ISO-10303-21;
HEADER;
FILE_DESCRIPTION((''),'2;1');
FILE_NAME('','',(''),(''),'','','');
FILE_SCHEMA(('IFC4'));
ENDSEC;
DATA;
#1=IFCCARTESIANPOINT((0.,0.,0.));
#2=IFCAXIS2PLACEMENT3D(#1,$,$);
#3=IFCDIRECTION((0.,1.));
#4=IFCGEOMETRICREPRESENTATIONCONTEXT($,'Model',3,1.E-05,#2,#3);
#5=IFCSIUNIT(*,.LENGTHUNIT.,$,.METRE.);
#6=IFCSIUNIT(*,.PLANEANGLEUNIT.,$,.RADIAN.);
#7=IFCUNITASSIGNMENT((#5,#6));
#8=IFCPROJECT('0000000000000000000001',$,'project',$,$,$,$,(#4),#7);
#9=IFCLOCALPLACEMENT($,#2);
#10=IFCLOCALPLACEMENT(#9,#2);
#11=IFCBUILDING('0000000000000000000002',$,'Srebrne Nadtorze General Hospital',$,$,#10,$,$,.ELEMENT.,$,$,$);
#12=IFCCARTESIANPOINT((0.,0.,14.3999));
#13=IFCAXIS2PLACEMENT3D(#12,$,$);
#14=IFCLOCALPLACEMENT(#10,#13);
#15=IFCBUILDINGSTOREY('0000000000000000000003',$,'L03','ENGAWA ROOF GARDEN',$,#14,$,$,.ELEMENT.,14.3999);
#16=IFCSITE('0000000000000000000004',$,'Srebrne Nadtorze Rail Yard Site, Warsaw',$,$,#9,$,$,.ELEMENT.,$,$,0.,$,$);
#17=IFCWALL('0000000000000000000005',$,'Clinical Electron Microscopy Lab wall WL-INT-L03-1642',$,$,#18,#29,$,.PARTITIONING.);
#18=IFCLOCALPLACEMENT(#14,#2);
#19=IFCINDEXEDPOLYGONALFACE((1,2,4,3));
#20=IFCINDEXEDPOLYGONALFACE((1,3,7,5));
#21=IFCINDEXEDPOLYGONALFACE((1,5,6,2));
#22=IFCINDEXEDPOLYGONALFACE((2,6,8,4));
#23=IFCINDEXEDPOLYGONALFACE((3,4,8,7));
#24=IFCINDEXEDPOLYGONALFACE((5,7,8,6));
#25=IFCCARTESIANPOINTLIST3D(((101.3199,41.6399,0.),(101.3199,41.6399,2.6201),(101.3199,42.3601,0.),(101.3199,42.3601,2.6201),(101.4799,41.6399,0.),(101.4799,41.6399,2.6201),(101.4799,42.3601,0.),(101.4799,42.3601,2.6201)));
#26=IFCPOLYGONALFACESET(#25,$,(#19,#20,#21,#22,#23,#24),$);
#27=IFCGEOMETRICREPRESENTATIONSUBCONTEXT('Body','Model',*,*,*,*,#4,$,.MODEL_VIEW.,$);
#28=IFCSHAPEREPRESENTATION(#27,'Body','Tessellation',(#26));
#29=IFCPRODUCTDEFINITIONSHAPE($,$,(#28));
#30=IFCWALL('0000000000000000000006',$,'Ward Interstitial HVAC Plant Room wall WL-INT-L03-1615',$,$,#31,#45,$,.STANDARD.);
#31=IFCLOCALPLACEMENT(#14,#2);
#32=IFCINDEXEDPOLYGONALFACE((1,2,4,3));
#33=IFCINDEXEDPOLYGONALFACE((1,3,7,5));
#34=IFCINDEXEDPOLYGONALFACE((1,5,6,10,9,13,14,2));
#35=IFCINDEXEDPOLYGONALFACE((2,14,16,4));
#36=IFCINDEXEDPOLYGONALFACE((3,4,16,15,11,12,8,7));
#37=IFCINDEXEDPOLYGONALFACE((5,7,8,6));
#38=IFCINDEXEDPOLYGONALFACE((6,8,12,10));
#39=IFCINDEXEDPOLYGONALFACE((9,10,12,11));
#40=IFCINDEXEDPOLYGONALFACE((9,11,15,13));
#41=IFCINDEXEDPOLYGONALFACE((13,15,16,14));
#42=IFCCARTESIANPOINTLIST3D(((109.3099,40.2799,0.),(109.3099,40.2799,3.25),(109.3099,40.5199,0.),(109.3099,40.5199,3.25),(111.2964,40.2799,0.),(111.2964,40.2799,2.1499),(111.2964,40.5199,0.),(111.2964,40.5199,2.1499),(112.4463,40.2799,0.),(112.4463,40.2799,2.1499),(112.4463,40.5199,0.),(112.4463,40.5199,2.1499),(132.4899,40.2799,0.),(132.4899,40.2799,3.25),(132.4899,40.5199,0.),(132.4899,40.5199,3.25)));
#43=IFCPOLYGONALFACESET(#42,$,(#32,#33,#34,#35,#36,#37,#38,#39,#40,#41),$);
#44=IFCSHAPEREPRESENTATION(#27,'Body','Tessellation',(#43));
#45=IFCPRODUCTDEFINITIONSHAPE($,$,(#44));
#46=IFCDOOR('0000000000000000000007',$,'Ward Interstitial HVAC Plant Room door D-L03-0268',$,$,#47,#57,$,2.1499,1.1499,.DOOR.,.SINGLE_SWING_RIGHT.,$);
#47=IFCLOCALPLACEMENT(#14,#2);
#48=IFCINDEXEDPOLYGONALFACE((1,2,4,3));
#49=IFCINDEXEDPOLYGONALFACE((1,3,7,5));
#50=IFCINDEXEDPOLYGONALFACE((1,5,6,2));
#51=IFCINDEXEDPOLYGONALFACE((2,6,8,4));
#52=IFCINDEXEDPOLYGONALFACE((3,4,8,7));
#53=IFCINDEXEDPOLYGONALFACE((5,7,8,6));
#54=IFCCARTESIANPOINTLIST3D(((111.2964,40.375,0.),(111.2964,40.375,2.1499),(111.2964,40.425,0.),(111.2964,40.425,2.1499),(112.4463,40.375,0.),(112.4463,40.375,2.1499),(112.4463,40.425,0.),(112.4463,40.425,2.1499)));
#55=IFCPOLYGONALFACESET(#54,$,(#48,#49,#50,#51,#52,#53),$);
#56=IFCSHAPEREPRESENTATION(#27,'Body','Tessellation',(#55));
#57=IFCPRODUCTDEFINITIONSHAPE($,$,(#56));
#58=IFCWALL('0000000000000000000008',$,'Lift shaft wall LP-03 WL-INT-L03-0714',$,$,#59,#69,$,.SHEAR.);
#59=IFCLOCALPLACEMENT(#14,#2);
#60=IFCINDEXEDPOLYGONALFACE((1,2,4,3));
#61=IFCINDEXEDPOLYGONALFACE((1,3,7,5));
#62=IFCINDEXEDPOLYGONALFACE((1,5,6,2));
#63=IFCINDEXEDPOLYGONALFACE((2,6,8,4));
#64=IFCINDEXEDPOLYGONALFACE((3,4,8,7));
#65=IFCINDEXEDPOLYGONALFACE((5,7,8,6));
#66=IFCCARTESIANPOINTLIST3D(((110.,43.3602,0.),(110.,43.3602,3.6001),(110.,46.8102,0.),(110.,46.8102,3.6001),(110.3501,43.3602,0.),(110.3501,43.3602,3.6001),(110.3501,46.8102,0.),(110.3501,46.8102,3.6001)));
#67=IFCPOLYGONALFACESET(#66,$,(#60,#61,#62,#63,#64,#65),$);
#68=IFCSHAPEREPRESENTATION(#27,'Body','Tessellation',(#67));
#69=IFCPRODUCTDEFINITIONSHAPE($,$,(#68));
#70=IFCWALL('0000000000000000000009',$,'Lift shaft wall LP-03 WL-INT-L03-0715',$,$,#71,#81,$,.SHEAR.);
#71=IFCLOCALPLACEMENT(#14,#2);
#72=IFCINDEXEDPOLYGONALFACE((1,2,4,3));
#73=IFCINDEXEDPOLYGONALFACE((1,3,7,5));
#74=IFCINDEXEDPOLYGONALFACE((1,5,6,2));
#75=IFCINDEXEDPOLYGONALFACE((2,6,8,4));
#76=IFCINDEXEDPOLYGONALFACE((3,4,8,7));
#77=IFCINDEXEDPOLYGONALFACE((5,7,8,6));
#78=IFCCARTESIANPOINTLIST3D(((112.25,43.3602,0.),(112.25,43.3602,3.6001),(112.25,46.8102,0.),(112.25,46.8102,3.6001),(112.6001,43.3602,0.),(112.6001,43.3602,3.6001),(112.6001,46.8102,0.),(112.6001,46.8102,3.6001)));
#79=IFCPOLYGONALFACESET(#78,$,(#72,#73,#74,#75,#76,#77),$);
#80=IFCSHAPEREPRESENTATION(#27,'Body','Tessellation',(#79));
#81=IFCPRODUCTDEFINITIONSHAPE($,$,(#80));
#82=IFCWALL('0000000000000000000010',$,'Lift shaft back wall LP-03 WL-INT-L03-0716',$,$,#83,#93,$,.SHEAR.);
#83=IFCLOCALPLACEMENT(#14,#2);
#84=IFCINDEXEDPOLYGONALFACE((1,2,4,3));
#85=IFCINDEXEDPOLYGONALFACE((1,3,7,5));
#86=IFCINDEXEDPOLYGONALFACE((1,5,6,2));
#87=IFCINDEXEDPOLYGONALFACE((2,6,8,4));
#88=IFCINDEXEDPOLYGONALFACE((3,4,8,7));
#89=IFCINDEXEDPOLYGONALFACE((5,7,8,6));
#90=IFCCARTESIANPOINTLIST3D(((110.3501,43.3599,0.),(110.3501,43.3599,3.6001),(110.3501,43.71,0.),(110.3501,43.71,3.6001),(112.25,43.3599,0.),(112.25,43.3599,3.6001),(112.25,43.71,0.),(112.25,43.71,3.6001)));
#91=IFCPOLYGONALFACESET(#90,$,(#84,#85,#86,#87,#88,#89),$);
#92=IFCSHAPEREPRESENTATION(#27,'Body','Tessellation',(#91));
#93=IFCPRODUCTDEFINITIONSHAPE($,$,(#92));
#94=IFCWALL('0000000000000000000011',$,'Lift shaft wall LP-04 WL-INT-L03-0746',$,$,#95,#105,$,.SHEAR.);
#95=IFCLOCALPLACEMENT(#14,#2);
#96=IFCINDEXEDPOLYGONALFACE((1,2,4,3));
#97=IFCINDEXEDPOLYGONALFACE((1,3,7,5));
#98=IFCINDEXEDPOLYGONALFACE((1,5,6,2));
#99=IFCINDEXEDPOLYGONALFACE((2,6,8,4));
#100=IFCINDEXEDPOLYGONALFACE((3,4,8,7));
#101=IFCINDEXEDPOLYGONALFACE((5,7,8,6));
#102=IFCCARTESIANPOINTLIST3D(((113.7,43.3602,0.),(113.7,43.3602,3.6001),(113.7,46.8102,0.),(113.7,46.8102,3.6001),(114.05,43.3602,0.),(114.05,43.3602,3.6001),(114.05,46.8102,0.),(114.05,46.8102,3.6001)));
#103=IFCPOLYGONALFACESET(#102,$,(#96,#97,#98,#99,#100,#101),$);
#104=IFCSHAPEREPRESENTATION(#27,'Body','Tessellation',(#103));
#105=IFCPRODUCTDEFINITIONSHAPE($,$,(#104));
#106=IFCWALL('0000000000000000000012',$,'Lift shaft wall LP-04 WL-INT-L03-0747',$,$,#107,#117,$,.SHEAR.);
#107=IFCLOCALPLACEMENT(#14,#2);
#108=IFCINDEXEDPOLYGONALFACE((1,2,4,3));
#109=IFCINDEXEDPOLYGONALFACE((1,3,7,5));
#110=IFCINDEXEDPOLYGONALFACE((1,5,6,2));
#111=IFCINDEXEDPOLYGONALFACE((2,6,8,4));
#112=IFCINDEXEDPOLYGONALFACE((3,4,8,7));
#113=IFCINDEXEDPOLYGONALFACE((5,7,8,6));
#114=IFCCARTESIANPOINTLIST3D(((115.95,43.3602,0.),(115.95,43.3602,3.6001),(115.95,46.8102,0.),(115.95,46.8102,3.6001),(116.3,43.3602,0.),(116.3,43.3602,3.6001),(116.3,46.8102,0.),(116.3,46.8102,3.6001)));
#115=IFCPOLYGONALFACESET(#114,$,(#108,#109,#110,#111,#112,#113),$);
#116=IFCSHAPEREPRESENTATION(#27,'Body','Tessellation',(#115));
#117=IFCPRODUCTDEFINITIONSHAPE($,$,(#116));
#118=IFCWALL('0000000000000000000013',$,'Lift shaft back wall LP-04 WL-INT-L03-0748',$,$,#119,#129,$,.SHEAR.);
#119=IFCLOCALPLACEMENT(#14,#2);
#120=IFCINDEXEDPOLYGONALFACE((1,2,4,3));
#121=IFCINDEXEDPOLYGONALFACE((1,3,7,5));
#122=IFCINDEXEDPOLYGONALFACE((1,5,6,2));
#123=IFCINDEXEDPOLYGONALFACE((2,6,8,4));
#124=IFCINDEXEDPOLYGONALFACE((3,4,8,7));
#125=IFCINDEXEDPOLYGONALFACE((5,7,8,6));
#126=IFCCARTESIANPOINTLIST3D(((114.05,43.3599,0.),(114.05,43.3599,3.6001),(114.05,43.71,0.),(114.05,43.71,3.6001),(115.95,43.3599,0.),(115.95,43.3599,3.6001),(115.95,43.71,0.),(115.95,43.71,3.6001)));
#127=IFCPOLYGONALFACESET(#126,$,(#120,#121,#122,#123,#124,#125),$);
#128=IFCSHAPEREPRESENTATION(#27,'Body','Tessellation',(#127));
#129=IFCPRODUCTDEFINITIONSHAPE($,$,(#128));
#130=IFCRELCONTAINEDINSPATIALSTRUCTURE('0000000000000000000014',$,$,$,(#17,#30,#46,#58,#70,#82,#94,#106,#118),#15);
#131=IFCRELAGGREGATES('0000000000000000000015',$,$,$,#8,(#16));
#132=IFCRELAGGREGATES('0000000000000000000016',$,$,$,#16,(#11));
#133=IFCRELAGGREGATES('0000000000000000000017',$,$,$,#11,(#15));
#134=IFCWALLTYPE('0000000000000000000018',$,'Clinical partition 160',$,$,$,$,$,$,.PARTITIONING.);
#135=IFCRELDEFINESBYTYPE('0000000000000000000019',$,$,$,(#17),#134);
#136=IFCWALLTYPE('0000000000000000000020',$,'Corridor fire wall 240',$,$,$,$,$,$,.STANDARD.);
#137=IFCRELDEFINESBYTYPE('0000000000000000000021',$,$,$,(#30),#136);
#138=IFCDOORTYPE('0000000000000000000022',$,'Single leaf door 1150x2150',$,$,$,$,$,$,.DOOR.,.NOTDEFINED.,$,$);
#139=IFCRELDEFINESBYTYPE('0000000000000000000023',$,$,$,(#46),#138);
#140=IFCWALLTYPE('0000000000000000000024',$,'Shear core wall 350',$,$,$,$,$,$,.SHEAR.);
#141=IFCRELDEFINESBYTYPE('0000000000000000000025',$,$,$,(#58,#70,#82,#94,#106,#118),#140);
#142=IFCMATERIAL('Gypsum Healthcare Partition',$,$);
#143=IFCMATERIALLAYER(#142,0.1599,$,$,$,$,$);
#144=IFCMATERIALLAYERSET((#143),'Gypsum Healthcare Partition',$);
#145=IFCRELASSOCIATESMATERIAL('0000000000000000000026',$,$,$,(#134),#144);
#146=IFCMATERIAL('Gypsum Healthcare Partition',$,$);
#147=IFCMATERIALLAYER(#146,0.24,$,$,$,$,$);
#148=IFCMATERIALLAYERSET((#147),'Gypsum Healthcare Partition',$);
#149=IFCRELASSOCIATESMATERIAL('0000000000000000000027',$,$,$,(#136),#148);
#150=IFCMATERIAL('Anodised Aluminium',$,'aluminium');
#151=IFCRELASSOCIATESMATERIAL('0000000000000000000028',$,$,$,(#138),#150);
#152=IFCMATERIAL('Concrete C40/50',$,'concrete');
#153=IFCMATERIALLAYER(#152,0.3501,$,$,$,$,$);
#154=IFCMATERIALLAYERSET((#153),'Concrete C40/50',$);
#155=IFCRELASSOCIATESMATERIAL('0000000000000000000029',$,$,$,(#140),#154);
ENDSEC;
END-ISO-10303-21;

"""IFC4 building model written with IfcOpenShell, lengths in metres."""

from ifc_helpers import new_model, si_unit, direction, frame, frame_2d, origin, place, context, subcontext, project, spatial, rectangle, extrude, material, layer, layer_set, type_object, element, fill, save


model = new_model("IFC4")

# Units and contexts
model_context = context("Model", 3, precision=1e-05, world=origin(), true_north=direction((0.0, 1.0)))
body_context = subcontext(model_context, "Body", "Model", "MODEL_VIEW")
ifc_project = project(units=[si_unit("LENGTHUNIT", "METRE"), si_unit("PLANEANGLEUNIT", "RADIAN")], contexts=[model_context])

# Site, building, storey
site_placement = place(None, origin())
site = spatial("IfcSite", under=ifc_project, at=site_placement, Name="Srebrne Nadtorze Rail Yard Site, Warsaw", CompositionType="ELEMENT", RefElevation=0.0)
building_placement = place(site_placement, origin())
building = spatial("IfcBuilding", under=site, at=building_placement, Name="Srebrne Nadtorze General Hospital", CompositionType="ELEMENT")
storey_placement = place(building_placement, frame((0.0, 0.0, 14.3999)))
storey = spatial("IfcBuildingStorey", under=building, at=storey_placement, Name="L03", Description="ENGAWA ROOF GARDEN", CompositionType="ELEMENT", Elevation=14.3999)

# Shared definitions
ifc_material_1 = material(Name="Gypsum Healthcare Partition")
ifc_layer_1 = layer(ifc_material_1, 0.1599)
ifc_layer_set_1 = layer_set([ifc_layer_1], Name="Gypsum Healthcare Partition")
wall_type_1 = type_object("IfcWallType", Name="Clinical partition 160", PredefinedType="PARTITIONING", material=ifc_layer_set_1)

# Wall
wall_1_placement = place(storey_placement, frame((101.3999, 41.6399, 0.0), z_axis=(0.0, 0.0, 1.0), x_axis=(0.0, 1.0, 0.0)))
element("IfcWall", 1, at=wall_1_placement, inside=storey, type_object=wall_type_1, Name="Clinical Electron Microscopy Lab wall WL-INT-L03-1642", PredefinedType="PARTITIONING", context=body_context, shape_type="SweptSolid", body=[
    extrude(rectangle(XDim=0.7202, YDim=0.1599, at=frame_2d((0.3601, 0.0))), origin(), (0.0, 0.0, 1.0), 2.6201),
])

# Wall, opening, door
ifc_material_2 = material(Name="Gypsum Healthcare Partition")
ifc_layer_2 = layer(ifc_material_2, 0.24)
ifc_layer_set_2 = layer_set([ifc_layer_2], Name="Gypsum Healthcare Partition")
wall_type_2 = type_object("IfcWallType", Name="Corridor fire wall 240", PredefinedType="STANDARD", material=ifc_layer_set_2)
wall_2_placement = place(storey_placement, frame((109.3101, 40.3999, 0.0), z_axis=(0.0, 0.0, 1.0), x_axis=(1.0, 0.0, 0.0)))
wall_2 = element("IfcWall", 2, at=wall_2_placement, inside=storey, type_object=wall_type_2, Name="Ward Interstitial HVAC Plant Room wall WL-INT-L03-1615", PredefinedType="STANDARD", context=body_context, shape_type="SweptSolid", body=[
    extrude(rectangle(XDim=23.1799, YDim=0.24, at=frame_2d((11.5898, 0.0))), origin(), (0.0, 0.0, 1.0), 3.25),
])
opening_1_placement = place(wall_2_placement, frame((1.9863, 0.0, 0.0)))
opening_1 = element("IfcOpeningElement", 3, at=opening_1_placement, cuts=wall_2, PredefinedType="OPENING", context=body_context, shape_type="SweptSolid", body=[
    extrude(rectangle(XDim=1.1499, YDim=2.1499, at=frame_2d((0.575, 1.075))), frame((0.0, 0.1318, 0.0), z_axis=(0.0, -1.0, 0.0), x_axis=(1.0, 0.0, 0.0)), (0.0, 0.0, 1.0), 0.2639),
])
ifc_material_3 = material(Name="Anodised Aluminium", Category="aluminium")
door_type_1 = type_object("IfcDoorType", Name="Single leaf door 1150x2150", OperationType="NOTDEFINED", PredefinedType="DOOR", material=ifc_material_3)
door_1_placement = place(opening_1_placement, frame((1.1499, 0.0, 0.0), z_axis=(0.0, 0.0, 1.0), x_axis=(-1.0, 0.0, 0.0)))
door_1 = element("IfcDoor", 4, at=door_1_placement, inside=storey, type_object=door_type_1, Name="Ward Interstitial HVAC Plant Room door D-L03-0268", OperationType="SINGLE_SWING_RIGHT", OverallHeight=2.1499, OverallWidth=1.1499, PredefinedType="DOOR", context=body_context, shape_type="SweptSolid", body=[
    extrude(rectangle(XDim=1.1499, YDim=2.1499, at=frame_2d((0.575, 1.075))), frame((0.0, 0.0249, 0.0), z_axis=(0.0, -1.0, 0.0), x_axis=(1.0, 0.0, 0.0)), (0.0, 0.0, 1.0), 0.05),
])
fill(opening_1, door_1)

# Walls
ifc_material_4 = material(Name="Concrete C40/50", Category="concrete")
ifc_layer_3 = layer(ifc_material_4, 0.3501)
ifc_layer_set_3 = layer_set([ifc_layer_3], Name="Concrete C40/50")
wall_type_3 = type_object("IfcWallType", Name="Shear core wall 350", PredefinedType="SHEAR", material=ifc_layer_set_3)
for number, where, z_axis, x_axis, name in (
    (5, (110.175, 43.3601, 0.0), (0.0, 0.0, 1.0), (0.0, 1.0, 0.0), "Lift shaft wall LP-03 WL-INT-L03-0714"),
    (6, (112.425, 43.3601, 0.0), (0.0, 0.0, 1.0), (0.0, 1.0, 0.0), "Lift shaft wall LP-03 WL-INT-L03-0715"),
):
    element("IfcWall", number, at=place(storey_placement, frame(where, z_axis=z_axis, x_axis=x_axis)), inside=storey, type_object=wall_type_3, Name=name, PredefinedType="SHEAR", context=body_context, shape_type="SweptSolid", body=[
        extrude(rectangle(XDim=3.45, YDim=0.3501, at=frame_2d((1.7251, 0.0))), origin(), (0.0, 0.0, 1.0), 3.6001),
    ])
wall_3_placement = place(storey_placement, frame((110.3501, 43.5349, 0.0), z_axis=(0.0, 0.0, 1.0), x_axis=(1.0, 0.0, 0.0)))
element("IfcWall", 7, at=wall_3_placement, inside=storey, type_object=wall_type_3, Name="Lift shaft back wall LP-03 WL-INT-L03-0716", PredefinedType="SHEAR", context=body_context, shape_type="SweptSolid", body=[
    extrude(rectangle(XDim=1.8999, YDim=0.3501, at=frame_2d((0.95, 0.0))), origin(), (0.0, 0.0, 1.0), 3.6001),
])
for number, where, z_axis, x_axis, name in (
    (8, (113.875, 43.3601, 0.0), (0.0, 0.0, 1.0), (0.0, 1.0, 0.0), "Lift shaft wall LP-04 WL-INT-L03-0746"),
    (9, (116.125, 43.3601, 0.0), (0.0, 0.0, 1.0), (0.0, 1.0, 0.0), "Lift shaft wall LP-04 WL-INT-L03-0747"),
):
    element("IfcWall", number, at=place(storey_placement, frame(where, z_axis=z_axis, x_axis=x_axis)), inside=storey, type_object=wall_type_3, Name=name, PredefinedType="SHEAR", context=body_context, shape_type="SweptSolid", body=[
        extrude(rectangle(XDim=3.45, YDim=0.3501, at=frame_2d((1.7251, 0.0))), origin(), (0.0, 0.0, 1.0), 3.6001),
    ])
wall_4_placement = place(storey_placement, frame((114.05, 43.5349, 0.0), z_axis=(0.0, 0.0, 1.0), x_axis=(1.0, 0.0, 0.0)))
element("IfcWall", 10, at=wall_4_placement, inside=storey, type_object=wall_type_3, Name="Lift shaft back wall LP-04 WL-INT-L03-0748", PredefinedType="SHEAR", context=body_context, shape_type="SweptSolid", body=[
    extrude(rectangle(XDim=1.8999, YDim=0.3501, at=frame_2d((0.95, 0.0))), origin(), (0.0, 0.0, 1.0), 3.6001),
])

save(model, "model.ifc")
